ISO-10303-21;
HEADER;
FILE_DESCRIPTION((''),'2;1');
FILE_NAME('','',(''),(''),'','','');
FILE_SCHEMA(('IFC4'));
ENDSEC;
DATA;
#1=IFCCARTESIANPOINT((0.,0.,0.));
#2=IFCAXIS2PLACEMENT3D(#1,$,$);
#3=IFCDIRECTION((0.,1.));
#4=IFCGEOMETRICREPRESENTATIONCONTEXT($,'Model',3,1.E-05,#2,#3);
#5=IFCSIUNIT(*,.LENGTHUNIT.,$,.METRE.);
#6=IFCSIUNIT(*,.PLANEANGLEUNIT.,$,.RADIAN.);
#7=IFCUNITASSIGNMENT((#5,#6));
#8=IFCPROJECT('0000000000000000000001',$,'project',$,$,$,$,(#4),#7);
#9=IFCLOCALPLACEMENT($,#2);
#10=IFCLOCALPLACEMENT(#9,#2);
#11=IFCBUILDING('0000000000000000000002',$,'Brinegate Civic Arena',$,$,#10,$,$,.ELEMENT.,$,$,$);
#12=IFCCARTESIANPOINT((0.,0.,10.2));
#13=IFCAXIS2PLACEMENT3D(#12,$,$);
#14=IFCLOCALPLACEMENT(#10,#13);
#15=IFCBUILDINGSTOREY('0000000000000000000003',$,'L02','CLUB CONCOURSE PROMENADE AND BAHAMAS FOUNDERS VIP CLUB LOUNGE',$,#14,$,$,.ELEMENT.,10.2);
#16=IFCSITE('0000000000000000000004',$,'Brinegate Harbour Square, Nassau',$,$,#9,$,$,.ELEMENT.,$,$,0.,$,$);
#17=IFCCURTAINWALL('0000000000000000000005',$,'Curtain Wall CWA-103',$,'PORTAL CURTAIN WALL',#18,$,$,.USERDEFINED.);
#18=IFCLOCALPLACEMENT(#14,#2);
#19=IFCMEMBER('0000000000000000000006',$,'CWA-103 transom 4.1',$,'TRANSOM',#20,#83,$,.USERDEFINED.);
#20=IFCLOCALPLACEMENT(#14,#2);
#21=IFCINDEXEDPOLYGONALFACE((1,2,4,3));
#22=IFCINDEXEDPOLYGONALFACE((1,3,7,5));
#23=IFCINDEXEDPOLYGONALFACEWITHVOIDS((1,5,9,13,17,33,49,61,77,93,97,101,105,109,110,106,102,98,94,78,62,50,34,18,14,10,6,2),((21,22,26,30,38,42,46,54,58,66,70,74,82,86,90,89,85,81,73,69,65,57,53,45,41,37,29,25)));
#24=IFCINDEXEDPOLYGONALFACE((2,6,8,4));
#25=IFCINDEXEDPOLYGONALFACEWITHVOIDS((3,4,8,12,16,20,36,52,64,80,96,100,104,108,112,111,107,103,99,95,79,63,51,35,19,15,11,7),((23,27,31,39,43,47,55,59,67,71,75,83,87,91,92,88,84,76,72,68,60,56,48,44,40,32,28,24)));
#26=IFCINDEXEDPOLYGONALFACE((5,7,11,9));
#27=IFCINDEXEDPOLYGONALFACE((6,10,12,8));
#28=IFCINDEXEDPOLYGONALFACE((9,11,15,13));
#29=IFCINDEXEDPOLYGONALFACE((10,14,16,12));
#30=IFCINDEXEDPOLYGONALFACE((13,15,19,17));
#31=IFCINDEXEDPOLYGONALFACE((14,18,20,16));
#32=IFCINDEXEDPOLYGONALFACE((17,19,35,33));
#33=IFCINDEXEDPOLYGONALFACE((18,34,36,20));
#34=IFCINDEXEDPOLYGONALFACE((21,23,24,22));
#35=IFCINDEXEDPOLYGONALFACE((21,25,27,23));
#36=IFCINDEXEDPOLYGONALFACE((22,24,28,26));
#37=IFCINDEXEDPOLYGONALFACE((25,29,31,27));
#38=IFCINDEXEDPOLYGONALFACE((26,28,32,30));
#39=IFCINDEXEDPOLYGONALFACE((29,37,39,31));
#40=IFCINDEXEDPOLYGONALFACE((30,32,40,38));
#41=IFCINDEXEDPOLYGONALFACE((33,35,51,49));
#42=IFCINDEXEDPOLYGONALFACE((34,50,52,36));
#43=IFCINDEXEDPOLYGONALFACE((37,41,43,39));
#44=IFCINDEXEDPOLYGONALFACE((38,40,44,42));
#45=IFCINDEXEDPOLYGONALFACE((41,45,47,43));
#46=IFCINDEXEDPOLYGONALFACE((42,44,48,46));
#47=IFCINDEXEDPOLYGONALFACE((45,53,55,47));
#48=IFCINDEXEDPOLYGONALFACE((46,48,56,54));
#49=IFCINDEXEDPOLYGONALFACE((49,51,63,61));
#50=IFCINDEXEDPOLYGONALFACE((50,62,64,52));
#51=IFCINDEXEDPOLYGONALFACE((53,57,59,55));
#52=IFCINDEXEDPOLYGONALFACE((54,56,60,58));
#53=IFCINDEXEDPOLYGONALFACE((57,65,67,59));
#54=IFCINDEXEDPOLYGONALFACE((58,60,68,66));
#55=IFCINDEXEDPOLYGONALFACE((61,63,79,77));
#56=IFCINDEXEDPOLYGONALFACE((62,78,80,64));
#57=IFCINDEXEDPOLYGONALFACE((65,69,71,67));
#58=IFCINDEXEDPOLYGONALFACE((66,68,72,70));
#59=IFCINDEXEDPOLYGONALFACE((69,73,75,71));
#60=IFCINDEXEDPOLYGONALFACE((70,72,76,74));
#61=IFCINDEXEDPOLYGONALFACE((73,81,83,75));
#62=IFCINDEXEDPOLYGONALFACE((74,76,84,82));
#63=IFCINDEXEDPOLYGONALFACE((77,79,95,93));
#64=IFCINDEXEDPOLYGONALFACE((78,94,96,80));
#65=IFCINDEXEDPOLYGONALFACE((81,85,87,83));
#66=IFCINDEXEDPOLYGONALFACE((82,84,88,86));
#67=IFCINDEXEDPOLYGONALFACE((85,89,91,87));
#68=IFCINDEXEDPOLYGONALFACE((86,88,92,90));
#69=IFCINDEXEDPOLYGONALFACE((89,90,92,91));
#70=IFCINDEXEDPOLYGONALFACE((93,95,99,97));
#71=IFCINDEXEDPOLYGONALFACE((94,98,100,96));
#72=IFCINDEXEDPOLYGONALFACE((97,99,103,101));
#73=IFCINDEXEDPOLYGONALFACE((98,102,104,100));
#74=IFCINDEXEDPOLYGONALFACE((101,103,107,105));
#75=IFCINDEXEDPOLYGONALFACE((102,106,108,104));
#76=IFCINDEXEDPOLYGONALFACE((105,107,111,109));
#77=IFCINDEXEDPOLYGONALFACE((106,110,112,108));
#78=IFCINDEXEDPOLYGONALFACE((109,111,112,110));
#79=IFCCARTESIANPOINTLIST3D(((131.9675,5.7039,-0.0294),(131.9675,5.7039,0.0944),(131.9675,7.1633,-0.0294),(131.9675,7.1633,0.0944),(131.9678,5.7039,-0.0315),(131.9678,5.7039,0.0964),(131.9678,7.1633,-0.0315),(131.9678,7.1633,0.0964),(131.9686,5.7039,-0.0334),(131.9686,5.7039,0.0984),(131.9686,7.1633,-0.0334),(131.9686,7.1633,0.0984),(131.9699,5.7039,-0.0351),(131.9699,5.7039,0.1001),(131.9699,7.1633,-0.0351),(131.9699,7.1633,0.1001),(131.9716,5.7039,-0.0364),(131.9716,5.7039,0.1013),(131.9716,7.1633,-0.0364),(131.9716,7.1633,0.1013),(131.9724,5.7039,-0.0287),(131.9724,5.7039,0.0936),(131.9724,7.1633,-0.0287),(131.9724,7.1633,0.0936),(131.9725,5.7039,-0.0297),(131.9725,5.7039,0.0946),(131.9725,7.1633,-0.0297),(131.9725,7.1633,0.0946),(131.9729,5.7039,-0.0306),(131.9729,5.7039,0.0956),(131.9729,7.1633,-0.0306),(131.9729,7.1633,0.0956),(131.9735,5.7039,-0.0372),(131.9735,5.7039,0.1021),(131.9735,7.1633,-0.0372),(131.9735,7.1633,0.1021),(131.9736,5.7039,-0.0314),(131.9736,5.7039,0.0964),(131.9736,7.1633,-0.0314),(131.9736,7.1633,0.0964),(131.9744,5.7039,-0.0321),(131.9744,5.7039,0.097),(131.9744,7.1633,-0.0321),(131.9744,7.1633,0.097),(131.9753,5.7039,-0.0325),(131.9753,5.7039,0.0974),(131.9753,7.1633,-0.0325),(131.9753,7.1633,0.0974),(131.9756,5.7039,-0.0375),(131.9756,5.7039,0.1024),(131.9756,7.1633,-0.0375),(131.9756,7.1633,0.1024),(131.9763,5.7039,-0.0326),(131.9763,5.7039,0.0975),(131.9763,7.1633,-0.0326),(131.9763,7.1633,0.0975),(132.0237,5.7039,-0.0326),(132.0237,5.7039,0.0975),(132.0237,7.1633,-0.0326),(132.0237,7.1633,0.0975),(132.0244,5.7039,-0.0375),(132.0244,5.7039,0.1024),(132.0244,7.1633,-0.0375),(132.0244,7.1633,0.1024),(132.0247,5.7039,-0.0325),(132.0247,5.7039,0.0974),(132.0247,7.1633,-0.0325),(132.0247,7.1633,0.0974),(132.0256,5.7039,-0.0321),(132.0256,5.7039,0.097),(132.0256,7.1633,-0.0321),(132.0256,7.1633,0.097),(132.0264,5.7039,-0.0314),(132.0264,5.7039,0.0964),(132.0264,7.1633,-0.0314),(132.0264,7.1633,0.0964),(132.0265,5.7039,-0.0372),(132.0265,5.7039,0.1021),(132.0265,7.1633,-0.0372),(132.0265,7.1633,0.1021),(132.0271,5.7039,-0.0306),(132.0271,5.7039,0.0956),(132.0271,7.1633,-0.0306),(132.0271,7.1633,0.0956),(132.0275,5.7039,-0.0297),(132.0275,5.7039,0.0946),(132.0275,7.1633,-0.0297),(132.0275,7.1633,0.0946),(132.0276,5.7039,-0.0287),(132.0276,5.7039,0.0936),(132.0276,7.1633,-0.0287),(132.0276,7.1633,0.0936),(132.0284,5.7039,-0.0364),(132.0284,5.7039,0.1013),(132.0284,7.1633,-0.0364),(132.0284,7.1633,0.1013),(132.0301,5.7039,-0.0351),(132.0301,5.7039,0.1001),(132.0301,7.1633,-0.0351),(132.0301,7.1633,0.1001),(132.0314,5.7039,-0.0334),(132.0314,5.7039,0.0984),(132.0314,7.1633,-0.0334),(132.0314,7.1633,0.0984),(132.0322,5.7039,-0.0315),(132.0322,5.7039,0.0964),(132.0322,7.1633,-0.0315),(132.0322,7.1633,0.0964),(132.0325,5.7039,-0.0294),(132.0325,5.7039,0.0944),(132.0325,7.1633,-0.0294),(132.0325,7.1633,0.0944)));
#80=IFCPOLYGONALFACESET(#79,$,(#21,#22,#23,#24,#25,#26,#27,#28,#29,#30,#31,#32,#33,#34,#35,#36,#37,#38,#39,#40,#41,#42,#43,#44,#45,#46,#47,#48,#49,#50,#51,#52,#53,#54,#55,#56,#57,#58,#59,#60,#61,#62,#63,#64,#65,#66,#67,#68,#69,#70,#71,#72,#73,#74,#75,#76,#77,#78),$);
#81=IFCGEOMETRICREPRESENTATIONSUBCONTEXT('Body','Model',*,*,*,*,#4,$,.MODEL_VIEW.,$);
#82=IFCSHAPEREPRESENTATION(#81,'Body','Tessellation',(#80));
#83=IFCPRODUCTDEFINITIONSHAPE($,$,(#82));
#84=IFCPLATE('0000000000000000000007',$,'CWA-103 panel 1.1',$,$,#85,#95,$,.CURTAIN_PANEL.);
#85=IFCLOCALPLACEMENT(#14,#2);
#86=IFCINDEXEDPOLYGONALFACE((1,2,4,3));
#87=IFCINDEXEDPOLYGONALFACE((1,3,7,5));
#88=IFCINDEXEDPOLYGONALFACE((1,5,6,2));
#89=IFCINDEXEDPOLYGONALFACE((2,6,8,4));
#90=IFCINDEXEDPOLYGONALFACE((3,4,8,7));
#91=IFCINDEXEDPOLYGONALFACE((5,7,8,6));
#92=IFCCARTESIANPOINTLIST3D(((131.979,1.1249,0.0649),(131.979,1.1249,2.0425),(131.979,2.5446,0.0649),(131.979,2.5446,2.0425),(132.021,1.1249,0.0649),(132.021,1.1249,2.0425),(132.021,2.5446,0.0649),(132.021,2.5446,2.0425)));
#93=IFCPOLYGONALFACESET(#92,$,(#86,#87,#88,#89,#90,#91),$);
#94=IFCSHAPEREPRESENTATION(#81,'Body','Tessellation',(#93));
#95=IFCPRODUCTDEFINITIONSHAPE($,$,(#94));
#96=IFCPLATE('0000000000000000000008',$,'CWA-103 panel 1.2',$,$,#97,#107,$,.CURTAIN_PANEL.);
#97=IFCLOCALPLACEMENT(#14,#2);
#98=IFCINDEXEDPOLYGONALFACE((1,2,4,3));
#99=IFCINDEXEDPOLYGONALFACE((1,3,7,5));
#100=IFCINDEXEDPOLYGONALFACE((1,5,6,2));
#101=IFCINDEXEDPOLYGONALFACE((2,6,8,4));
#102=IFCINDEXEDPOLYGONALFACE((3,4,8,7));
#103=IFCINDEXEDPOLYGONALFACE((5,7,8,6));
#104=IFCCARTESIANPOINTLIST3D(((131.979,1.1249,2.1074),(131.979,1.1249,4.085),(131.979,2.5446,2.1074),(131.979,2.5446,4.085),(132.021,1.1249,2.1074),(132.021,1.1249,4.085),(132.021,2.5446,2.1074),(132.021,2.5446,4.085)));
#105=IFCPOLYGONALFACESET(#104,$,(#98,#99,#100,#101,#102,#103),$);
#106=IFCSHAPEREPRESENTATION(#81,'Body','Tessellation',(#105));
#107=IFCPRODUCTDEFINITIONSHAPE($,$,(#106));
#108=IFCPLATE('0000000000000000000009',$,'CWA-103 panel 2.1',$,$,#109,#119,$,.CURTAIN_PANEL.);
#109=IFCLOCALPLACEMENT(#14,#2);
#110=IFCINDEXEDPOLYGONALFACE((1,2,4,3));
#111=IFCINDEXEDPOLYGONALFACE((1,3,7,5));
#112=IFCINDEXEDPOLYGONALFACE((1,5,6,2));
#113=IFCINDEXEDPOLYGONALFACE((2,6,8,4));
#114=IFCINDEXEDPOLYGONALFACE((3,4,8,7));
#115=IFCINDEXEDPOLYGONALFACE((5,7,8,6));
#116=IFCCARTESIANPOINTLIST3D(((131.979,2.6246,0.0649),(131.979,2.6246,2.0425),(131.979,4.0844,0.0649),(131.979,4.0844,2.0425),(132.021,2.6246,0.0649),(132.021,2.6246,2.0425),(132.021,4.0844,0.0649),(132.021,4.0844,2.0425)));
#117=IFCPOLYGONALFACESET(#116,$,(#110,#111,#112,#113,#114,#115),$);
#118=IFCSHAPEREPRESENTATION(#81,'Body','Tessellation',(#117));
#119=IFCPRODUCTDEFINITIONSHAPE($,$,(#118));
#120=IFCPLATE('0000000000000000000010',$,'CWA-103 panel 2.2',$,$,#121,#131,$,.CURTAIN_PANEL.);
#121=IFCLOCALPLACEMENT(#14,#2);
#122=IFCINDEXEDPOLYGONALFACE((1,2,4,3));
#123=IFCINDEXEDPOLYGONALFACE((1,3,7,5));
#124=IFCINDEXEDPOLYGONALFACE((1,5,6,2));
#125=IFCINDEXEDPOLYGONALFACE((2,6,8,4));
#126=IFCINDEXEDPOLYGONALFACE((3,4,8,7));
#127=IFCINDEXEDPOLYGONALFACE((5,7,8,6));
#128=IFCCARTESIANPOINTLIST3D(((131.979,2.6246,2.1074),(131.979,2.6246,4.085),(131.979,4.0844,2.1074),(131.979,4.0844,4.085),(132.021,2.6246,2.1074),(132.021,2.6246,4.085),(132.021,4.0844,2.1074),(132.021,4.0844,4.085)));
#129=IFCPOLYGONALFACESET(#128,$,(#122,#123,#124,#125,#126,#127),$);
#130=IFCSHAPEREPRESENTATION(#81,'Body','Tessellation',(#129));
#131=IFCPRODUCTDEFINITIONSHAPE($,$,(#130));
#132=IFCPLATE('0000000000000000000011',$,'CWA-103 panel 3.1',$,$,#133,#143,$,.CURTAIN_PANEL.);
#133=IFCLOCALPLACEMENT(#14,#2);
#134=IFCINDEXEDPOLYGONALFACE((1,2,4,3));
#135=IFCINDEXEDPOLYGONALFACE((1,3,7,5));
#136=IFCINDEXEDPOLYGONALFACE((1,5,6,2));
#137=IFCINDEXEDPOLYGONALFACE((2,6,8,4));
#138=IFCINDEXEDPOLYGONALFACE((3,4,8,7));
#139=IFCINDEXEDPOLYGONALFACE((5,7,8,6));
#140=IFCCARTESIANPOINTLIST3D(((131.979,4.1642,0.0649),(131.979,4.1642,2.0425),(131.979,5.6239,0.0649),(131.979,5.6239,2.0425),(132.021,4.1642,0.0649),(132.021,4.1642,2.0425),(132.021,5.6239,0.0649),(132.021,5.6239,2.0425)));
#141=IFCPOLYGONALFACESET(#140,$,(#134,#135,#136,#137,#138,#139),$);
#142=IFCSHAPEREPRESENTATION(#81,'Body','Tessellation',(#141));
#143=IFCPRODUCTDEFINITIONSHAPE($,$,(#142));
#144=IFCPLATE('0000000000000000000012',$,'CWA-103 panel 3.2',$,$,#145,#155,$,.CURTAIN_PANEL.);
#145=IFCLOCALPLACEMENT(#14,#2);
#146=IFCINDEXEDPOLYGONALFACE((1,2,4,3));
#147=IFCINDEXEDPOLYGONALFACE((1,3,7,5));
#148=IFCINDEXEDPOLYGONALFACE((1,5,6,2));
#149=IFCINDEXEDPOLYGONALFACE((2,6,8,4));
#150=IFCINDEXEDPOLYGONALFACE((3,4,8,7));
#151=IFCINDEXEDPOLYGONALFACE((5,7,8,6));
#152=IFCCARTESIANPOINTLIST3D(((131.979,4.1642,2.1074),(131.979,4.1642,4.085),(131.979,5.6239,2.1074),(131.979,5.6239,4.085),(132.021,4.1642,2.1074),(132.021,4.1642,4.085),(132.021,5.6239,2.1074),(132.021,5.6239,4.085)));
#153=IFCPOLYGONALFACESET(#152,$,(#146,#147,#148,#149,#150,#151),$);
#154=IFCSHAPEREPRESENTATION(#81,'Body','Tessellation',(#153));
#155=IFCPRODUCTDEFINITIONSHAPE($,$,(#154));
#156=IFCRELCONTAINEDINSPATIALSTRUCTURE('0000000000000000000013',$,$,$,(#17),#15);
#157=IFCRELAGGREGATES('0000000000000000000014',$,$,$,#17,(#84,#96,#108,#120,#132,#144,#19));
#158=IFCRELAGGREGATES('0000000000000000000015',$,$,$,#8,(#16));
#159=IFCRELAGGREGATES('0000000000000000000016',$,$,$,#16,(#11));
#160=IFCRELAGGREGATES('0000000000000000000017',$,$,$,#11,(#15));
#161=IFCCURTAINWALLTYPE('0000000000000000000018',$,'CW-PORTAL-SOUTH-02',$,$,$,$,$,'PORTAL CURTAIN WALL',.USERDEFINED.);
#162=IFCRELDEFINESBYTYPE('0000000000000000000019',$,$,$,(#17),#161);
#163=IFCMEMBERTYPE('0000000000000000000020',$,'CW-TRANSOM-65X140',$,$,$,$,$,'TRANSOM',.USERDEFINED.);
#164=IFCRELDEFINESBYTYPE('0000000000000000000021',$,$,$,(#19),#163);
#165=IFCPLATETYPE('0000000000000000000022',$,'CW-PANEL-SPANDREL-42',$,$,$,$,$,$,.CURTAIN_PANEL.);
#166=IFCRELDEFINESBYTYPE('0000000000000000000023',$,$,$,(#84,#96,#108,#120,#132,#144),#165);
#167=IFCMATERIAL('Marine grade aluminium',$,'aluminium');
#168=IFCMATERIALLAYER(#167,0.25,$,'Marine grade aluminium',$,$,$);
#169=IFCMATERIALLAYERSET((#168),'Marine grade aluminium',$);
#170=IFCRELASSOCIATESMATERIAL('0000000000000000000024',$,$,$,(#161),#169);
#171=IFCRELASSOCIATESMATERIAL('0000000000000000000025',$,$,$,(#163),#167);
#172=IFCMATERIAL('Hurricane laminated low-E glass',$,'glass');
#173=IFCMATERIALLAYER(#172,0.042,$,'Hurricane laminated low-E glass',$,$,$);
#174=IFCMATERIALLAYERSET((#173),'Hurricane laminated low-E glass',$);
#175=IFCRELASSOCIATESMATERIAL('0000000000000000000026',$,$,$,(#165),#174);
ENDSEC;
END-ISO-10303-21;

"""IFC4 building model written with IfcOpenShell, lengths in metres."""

from ifc_helpers import new_model, si_unit, direction, frame, origin, origin_2d, place, context, subcontext, project, spatial, rectangle, hollow_rectangle, extrude, material, layer, layer_set, material_profile, profile_set, type_object, element, aggregate, save


model = new_model("IFC4")

# Units and contexts
model_context = context("Model", 3, precision=1e-05, world=origin(), true_north=direction((0.0, 1.0)))
body_context = subcontext(model_context, "Body", "Model", "MODEL_VIEW")
ifc_project = project(units=[si_unit("LENGTHUNIT", "METRE"), si_unit("PLANEANGLEUNIT", "RADIAN")], contexts=[model_context])

# Site, building, storey
site_placement = place(None, origin())
site = spatial("IfcSite", under=ifc_project, at=site_placement, Name="Brinegate Harbour Square, Nassau", CompositionType="ELEMENT", RefElevation=0.0)
building_placement = place(site_placement, origin())
building = spatial("IfcBuilding", under=site, at=building_placement, Name="Brinegate Civic Arena", CompositionType="ELEMENT")
storey_placement = place(building_placement, frame((0.0, 0.0, 10.2)))
storey = spatial("IfcBuildingStorey", under=building, at=storey_placement, Name="L02", Description="CLUB CONCOURSE PROMENADE AND BAHAMAS FOUNDERS VIP CLUB LOUNGE", CompositionType="ELEMENT", Elevation=10.2)

# Curtain wall, member, plates
ifc_material_1 = material(Name="Marine grade aluminium", Category="aluminium")
ifc_layer_1 = layer(ifc_material_1, 0.25, Name="Marine grade aluminium")
ifc_layer_set_1 = layer_set([ifc_layer_1], Name="Marine grade aluminium")
curtain_wall_type = type_object("IfcCurtainWallType", Name="CW-PORTAL-SOUTH-02", ElementType="PORTAL CURTAIN WALL", PredefinedType="USERDEFINED", material=ifc_layer_set_1)
curtain_wall_placement = place(storey_placement, origin())
curtain_wall = element("IfcCurtainWall", 1, at=curtain_wall_placement, inside=storey, type_object=curtain_wall_type, Name="Curtain Wall CWA-103", ObjectType="PORTAL CURTAIN WALL", PredefinedType="USERDEFINED")
ifc_material_profile_1 = material_profile(ifc_material_1, hollow_rectangle(XDim=0.0649, YDim=0.1399, WallThickness=0.0049, InnerFilletRadius=0.0039, OuterFilletRadius=0.0081, at=origin_2d()), Name="TRN65X140")
ifc_profile_set_1 = profile_set([ifc_material_profile_1], Name="Marine grade aluminium")
member_type_1 = type_object("IfcMemberType", Name="CW-TRANSOM-65X140", ElementType="TRANSOM", PredefinedType="USERDEFINED", material=ifc_profile_set_1)
member_1_placement = place(storey_placement, frame((132.0, 5.7039, 0.0325), z_axis=(0.0, 1.0, 0.0), x_axis=(-1.0, 0.0, 0.0)))
member_1 = element("IfcMember", 2, at=member_1_placement, type_object=member_type_1, Name="CWA-103 transom 4.1", ObjectType="TRANSOM", PredefinedType="USERDEFINED", context=body_context, shape_type="SweptSolid", body=[
    extrude(hollow_rectangle(XDim=0.0649, YDim=0.1399, WallThickness=0.0049, InnerFilletRadius=0.0039, OuterFilletRadius=0.0081, at=origin_2d()), origin(), (0.0, 0.0, 1.0), 1.4595),
])
ifc_material_2 = material(Name="Hurricane laminated low-E glass", Category="glass")
ifc_layer_2 = layer(ifc_material_2, 0.042, Name="Hurricane laminated low-E glass")
ifc_layer_set_2 = layer_set([ifc_layer_2], Name="Hurricane laminated low-E glass")
plate_type = type_object("IfcPlateType", Name="CW-PANEL-SPANDREL-42", PredefinedType="CURTAIN_PANEL", material=ifc_layer_set_2)
plate_1_placement = place(storey_placement, frame((132.0, 1.8347, 0.0649), z_axis=(0.0, 0.0, 1.0), x_axis=(0.0, 1.0, 0.0)))
plate_1 = element("IfcPlate", 3, at=plate_1_placement, type_object=plate_type, Name="CWA-103 panel 1.1", PredefinedType="CURTAIN_PANEL", context=body_context, shape_type="SweptSolid", body=[
    extrude(rectangle(XDim=1.4197, YDim=0.042, at=origin_2d()), origin(), (0.0, 0.0, 1.0), 1.9775),
])
plate_2_placement = place(storey_placement, frame((132.0, 1.8347, 2.1074), z_axis=(0.0, 0.0, 1.0), x_axis=(0.0, 1.0, 0.0)))
plate_2 = element("IfcPlate", 4, at=plate_2_placement, type_object=plate_type, Name="CWA-103 panel 1.2", PredefinedType="CURTAIN_PANEL", context=body_context, shape_type="SweptSolid", body=[
    extrude(rectangle(XDim=1.4197, YDim=0.042, at=origin_2d()), origin(), (0.0, 0.0, 1.0), 1.9775),
])
plate_3_placement = place(storey_placement, frame((132.0, 3.3545, 0.0649), z_axis=(0.0, 0.0, 1.0), x_axis=(0.0, 1.0, 0.0)))
plate_3 = element("IfcPlate", 5, at=plate_3_placement, type_object=plate_type, Name="CWA-103 panel 2.1", PredefinedType="CURTAIN_PANEL", context=body_context, shape_type="SweptSolid", body=[
    extrude(rectangle(XDim=1.4597, YDim=0.042, at=origin_2d()), origin(), (0.0, 0.0, 1.0), 1.9775),
])
plate_4_placement = place(storey_placement, frame((132.0, 3.3545, 2.1074), z_axis=(0.0, 0.0, 1.0), x_axis=(0.0, 1.0, 0.0)))
plate_4 = element("IfcPlate", 6, at=plate_4_placement, type_object=plate_type, Name="CWA-103 panel 2.2", PredefinedType="CURTAIN_PANEL", context=body_context, shape_type="SweptSolid", body=[
    extrude(rectangle(XDim=1.4597, YDim=0.042, at=origin_2d()), origin(), (0.0, 0.0, 1.0), 1.9775),
])
plate_5_placement = place(storey_placement, frame((132.0, 4.894, 0.0649), z_axis=(0.0, 0.0, 1.0), x_axis=(0.0, 1.0, 0.0)))
plate_5 = element("IfcPlate", 7, at=plate_5_placement, type_object=plate_type, Name="CWA-103 panel 3.1", PredefinedType="CURTAIN_PANEL", context=body_context, shape_type="SweptSolid", body=[
    extrude(rectangle(XDim=1.4597, YDim=0.042, at=origin_2d()), origin(), (0.0, 0.0, 1.0), 1.9775),
])
plate_6_placement = place(storey_placement, frame((132.0, 4.894, 2.1074), z_axis=(0.0, 0.0, 1.0), x_axis=(0.0, 1.0, 0.0)))
plate_6 = element("IfcPlate", 8, at=plate_6_placement, type_object=plate_type, Name="CWA-103 panel 3.2", PredefinedType="CURTAIN_PANEL", context=body_context, shape_type="SweptSolid", body=[
    extrude(rectangle(XDim=1.4597, YDim=0.042, at=origin_2d()), origin(), (0.0, 0.0, 1.0), 1.9775),
])
aggregate(curtain_wall, [plate_1, plate_2, plate_3, plate_4, plate_5, plate_6, member_1])

save(model, "model.ifc")
